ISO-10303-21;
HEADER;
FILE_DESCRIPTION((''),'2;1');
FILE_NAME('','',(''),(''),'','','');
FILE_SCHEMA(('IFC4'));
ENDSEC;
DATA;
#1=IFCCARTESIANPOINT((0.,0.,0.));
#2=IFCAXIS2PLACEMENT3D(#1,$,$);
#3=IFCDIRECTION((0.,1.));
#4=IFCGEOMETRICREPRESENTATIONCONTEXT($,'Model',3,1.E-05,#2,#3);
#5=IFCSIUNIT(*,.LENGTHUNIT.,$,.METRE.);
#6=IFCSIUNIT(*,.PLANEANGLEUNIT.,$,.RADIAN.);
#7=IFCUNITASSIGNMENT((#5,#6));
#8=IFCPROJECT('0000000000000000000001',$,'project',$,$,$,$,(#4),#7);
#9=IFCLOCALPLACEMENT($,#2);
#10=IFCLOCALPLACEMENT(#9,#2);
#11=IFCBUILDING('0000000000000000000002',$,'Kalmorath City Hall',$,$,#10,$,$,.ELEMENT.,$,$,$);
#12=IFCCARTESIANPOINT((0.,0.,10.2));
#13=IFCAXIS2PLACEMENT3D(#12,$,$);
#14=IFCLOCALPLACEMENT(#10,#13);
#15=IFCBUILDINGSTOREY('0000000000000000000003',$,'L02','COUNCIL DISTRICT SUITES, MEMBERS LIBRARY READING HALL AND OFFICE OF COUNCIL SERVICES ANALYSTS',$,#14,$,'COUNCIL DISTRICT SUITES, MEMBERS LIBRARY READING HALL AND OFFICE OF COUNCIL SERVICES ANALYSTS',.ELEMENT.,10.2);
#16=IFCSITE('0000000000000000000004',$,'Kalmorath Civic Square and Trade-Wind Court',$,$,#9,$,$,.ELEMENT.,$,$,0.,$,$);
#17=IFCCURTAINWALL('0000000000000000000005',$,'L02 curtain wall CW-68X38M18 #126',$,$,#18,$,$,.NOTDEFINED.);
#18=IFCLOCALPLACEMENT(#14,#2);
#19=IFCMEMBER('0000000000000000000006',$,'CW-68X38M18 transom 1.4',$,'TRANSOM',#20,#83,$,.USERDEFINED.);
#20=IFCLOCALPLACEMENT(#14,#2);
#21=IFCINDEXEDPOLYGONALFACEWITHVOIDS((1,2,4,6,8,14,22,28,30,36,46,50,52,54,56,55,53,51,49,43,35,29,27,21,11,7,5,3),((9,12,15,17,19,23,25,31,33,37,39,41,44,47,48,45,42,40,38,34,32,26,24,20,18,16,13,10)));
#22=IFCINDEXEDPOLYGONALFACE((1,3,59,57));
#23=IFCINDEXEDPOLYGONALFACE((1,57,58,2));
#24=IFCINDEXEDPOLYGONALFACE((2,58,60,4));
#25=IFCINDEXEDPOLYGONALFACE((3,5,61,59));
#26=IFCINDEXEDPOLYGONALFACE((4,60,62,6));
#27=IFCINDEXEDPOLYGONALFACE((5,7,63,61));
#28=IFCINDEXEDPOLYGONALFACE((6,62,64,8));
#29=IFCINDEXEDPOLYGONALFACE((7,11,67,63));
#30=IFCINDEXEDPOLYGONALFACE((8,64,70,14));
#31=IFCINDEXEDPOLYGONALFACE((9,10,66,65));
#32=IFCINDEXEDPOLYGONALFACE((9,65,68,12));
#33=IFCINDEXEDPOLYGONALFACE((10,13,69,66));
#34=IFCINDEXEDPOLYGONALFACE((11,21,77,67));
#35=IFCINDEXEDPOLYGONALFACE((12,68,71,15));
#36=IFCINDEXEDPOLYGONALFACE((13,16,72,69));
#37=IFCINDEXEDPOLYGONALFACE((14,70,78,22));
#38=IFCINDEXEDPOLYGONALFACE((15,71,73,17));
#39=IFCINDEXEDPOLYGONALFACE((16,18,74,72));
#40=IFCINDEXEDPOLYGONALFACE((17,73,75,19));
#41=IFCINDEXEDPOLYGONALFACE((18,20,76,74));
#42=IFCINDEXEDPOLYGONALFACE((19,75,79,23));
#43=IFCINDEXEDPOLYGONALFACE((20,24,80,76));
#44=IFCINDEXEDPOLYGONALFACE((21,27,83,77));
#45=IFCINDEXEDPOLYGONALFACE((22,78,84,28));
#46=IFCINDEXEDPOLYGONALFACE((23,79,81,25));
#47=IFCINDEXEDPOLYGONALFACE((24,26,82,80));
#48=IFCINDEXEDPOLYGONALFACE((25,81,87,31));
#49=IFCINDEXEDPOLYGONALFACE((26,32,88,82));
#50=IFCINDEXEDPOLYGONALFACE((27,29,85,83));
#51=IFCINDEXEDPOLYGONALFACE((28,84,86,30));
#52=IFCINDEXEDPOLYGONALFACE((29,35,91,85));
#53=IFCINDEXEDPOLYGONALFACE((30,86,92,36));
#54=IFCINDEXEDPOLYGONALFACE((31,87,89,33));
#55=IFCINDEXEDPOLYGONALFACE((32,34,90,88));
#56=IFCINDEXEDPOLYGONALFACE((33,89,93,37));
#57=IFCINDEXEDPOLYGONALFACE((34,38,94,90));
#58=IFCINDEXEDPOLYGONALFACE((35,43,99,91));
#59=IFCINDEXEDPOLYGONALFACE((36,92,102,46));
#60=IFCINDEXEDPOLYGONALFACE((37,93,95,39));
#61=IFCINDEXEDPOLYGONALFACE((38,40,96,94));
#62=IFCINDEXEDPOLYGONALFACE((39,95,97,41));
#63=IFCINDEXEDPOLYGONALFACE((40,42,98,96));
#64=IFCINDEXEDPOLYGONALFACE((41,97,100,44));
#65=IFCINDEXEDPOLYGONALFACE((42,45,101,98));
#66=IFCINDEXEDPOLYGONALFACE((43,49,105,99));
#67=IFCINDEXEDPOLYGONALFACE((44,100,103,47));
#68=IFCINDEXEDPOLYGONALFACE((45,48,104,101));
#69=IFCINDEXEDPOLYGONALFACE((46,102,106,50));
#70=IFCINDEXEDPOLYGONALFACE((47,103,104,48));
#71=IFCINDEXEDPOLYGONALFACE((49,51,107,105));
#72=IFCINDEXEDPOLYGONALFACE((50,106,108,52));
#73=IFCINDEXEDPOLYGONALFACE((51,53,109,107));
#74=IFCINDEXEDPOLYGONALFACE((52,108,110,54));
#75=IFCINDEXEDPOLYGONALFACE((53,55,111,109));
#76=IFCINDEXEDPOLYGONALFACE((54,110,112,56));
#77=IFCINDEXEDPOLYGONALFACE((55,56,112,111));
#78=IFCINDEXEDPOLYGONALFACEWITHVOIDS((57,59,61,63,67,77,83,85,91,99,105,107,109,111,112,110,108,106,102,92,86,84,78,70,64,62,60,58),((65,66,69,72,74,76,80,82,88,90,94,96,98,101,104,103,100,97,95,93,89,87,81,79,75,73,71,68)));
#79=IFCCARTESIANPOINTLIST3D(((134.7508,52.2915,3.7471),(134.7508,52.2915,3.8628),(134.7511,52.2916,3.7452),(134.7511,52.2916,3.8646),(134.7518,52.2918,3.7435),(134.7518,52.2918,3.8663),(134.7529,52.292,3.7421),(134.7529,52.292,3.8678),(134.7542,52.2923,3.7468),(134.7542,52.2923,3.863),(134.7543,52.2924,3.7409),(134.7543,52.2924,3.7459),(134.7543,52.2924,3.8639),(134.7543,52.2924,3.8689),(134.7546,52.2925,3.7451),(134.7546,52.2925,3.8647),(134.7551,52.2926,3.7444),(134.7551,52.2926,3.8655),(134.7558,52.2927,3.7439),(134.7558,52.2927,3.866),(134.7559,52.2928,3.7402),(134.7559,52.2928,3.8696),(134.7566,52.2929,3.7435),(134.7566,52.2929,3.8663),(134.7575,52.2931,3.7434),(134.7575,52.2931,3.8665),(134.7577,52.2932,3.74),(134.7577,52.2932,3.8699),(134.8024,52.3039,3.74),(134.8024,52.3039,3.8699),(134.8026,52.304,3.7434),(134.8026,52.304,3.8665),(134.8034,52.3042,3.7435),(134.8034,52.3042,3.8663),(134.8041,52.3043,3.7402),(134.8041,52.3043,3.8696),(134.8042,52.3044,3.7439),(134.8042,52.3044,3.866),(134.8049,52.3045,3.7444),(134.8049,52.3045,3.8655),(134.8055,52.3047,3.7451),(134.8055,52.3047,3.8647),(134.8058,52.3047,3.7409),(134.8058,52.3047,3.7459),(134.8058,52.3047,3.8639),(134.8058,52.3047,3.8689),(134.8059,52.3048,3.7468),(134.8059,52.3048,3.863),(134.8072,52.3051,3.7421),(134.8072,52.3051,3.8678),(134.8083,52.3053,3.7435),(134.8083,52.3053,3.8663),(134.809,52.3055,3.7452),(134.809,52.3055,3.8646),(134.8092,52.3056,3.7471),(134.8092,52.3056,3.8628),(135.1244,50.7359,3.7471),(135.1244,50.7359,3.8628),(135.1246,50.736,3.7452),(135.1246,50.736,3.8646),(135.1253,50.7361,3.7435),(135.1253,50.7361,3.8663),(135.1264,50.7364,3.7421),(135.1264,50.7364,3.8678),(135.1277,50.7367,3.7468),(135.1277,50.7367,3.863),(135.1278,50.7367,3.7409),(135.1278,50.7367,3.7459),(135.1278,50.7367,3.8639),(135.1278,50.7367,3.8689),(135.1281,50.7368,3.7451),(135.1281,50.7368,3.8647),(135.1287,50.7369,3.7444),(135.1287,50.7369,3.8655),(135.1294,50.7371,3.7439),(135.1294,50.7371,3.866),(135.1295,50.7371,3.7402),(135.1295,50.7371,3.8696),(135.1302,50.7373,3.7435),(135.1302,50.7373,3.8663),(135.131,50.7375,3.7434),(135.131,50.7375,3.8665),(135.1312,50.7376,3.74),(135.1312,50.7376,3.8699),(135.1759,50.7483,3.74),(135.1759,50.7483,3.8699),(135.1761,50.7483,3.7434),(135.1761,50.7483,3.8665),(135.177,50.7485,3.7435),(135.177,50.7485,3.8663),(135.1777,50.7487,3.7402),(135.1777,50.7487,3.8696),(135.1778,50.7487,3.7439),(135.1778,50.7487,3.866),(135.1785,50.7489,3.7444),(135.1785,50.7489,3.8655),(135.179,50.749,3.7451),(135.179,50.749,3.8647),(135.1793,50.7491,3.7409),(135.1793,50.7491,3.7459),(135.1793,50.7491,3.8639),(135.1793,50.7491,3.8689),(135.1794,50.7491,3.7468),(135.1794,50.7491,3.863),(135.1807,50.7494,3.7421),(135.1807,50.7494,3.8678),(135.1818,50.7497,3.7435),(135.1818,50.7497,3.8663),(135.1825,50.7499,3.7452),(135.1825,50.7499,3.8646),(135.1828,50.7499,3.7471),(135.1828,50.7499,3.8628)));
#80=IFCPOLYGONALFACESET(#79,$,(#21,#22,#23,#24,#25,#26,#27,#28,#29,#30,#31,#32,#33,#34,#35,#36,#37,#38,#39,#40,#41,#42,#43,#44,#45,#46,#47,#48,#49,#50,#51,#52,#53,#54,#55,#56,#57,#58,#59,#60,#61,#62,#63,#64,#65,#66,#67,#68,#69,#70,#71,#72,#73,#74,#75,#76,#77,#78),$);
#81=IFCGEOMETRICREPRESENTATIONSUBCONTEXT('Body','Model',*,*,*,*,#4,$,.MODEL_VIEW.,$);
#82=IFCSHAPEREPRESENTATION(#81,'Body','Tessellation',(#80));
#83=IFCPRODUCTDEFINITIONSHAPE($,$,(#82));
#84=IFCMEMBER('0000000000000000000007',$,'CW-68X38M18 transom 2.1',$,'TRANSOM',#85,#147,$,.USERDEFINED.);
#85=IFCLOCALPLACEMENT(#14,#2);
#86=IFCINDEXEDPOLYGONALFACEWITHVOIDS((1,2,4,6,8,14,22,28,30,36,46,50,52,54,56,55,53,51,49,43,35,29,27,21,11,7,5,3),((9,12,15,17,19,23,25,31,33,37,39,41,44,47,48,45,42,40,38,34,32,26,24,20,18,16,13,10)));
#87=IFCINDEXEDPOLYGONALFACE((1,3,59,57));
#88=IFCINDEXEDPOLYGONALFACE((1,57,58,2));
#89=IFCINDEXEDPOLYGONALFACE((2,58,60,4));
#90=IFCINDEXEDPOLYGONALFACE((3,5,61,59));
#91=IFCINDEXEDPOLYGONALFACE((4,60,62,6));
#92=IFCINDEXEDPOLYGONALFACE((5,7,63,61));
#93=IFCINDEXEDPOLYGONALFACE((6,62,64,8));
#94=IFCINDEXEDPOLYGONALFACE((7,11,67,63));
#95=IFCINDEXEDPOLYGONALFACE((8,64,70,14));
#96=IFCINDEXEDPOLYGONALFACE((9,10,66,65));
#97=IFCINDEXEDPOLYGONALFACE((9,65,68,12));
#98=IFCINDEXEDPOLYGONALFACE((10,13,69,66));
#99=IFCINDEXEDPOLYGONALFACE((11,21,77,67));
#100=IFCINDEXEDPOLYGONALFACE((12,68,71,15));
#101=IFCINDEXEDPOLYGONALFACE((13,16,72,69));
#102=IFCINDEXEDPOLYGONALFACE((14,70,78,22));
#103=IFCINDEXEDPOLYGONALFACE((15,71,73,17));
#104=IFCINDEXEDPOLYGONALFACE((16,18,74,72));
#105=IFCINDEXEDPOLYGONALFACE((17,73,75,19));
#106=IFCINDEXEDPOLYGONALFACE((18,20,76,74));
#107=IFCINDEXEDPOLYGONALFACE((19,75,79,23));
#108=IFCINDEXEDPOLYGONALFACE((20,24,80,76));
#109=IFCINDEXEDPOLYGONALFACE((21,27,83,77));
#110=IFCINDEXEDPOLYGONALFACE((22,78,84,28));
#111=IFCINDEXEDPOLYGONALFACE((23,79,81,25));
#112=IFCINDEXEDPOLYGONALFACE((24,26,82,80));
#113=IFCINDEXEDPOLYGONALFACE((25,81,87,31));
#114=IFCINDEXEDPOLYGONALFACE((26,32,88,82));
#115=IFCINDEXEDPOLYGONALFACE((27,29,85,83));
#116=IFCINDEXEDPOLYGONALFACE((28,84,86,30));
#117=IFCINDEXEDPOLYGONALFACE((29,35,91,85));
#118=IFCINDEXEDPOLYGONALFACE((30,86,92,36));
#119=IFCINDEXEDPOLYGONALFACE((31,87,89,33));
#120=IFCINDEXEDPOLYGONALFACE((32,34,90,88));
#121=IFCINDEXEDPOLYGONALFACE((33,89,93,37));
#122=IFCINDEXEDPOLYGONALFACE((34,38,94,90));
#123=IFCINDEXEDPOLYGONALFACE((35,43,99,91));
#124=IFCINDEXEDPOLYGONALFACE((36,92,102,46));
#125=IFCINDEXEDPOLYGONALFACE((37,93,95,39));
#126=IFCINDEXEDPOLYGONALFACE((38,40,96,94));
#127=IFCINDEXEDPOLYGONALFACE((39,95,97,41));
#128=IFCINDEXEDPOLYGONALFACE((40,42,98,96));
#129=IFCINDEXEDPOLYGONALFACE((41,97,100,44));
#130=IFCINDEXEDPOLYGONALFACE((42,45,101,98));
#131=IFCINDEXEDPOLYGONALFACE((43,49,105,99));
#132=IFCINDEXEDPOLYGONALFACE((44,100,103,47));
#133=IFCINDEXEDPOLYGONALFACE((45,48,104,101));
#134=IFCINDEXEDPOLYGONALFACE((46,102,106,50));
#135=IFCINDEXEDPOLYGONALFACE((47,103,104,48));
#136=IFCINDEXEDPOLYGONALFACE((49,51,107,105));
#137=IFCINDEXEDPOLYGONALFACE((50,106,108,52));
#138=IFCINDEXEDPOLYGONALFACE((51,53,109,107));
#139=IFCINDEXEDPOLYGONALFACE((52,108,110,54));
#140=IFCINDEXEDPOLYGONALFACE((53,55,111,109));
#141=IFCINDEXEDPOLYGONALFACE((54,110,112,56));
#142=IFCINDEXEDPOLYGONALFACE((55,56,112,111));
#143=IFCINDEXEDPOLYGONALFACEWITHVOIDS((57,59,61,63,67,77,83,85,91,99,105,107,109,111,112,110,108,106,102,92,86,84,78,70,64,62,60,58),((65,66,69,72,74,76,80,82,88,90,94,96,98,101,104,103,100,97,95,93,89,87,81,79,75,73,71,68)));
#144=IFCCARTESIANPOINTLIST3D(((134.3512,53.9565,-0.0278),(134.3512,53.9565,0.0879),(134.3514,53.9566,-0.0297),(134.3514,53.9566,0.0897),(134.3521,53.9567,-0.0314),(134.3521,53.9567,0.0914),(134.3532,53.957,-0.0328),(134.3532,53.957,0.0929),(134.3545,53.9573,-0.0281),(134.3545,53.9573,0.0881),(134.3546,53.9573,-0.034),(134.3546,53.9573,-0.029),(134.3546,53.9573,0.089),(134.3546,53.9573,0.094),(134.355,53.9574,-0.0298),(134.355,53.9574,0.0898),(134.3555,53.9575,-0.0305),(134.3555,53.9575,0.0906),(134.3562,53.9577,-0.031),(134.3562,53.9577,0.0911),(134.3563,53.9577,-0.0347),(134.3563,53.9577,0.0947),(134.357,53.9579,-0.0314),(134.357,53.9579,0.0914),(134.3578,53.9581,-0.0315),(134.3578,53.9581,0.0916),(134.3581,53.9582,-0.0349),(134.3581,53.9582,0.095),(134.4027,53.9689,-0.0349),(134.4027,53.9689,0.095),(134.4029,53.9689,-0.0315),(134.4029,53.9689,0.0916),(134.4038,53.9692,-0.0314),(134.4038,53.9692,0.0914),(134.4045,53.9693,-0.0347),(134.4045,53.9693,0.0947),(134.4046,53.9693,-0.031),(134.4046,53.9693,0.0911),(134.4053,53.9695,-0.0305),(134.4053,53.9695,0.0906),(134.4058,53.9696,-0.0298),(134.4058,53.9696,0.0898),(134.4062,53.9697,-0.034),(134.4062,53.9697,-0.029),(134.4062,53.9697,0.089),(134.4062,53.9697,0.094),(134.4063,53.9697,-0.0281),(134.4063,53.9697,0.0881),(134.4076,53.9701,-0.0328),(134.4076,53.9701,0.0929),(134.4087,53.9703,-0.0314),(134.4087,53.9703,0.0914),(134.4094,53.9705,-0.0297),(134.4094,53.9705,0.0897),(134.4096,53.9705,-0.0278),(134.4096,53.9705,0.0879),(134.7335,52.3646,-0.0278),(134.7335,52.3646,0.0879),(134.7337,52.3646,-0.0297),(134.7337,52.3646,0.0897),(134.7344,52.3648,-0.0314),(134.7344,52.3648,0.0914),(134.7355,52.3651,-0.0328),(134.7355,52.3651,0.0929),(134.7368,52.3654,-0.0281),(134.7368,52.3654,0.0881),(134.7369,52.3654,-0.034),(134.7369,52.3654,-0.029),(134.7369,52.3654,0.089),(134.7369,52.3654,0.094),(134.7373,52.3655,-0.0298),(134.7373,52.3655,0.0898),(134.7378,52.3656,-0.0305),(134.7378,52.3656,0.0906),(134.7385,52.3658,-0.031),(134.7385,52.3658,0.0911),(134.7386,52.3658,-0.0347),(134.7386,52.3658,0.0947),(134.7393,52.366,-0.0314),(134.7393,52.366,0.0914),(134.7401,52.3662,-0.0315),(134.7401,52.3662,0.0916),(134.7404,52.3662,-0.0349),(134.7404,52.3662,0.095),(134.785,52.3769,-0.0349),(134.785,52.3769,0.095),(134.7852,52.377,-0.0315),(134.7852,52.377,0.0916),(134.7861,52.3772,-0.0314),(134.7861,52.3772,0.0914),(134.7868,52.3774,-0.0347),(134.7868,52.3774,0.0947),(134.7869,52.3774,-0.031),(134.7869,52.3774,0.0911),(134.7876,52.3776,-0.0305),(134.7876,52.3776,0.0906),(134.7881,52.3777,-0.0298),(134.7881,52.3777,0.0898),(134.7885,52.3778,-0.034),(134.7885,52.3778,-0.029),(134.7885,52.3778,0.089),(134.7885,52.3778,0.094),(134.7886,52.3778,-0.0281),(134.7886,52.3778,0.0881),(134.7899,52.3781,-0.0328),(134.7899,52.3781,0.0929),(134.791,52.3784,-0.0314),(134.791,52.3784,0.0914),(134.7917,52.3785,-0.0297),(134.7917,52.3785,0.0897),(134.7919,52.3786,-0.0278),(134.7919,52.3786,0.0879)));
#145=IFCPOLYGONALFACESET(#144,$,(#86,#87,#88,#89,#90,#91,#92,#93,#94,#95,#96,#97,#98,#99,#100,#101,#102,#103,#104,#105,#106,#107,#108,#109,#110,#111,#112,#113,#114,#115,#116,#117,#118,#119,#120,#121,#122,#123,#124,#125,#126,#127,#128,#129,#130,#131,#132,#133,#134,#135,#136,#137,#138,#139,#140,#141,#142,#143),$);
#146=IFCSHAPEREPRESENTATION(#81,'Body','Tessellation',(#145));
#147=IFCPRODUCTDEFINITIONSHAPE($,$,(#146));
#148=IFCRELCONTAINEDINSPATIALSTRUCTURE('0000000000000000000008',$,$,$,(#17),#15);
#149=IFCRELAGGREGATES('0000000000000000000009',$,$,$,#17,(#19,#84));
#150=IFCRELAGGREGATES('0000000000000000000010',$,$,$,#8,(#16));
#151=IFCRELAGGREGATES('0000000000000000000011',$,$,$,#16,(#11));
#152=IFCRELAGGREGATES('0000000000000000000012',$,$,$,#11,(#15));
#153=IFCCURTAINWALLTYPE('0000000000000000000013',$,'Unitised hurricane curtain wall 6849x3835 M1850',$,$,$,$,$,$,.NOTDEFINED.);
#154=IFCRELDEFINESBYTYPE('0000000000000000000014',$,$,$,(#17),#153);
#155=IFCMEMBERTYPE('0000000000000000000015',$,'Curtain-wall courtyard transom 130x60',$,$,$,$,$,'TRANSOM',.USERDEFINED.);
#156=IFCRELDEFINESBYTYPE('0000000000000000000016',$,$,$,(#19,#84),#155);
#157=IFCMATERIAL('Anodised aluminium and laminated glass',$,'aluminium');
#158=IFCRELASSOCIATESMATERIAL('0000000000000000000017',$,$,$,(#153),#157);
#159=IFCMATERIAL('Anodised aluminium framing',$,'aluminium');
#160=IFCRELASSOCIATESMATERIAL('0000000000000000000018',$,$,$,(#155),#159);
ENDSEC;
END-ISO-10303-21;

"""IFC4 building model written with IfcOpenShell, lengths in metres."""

from ifc_helpers import new_model, si_unit, direction, frame, origin, origin_2d, place, context, subcontext, project, spatial, hollow_rectangle, extrude, material, material_profile, profile_set, type_object, element, aggregate, save


model = new_model("IFC4")

# Units and contexts
model_context = context("Model", 3, precision=1e-05, world=origin(), true_north=direction((0.0, 1.0)))
body_context = subcontext(model_context, "Body", "Model", "MODEL_VIEW")
ifc_project = project(units=[si_unit("LENGTHUNIT", "METRE"), si_unit("PLANEANGLEUNIT", "RADIAN")], contexts=[model_context])

# Site, building, storey
site_placement = place(None, origin())
site = spatial("IfcSite", under=ifc_project, at=site_placement, Name="Kalmorath Civic Square and Trade-Wind Court", CompositionType="ELEMENT", RefElevation=0.0)
building_placement = place(site_placement, origin())
building = spatial("IfcBuilding", under=site, at=building_placement, Name="Kalmorath City Hall", CompositionType="ELEMENT")
storey_placement = place(building_placement, frame((0.0, 0.0, 10.2)))
storey = spatial("IfcBuildingStorey", under=building, at=storey_placement, Name="L02", Description="COUNCIL DISTRICT SUITES, MEMBERS LIBRARY READING HALL AND OFFICE OF COUNCIL SERVICES ANALYSTS", LongName="COUNCIL DISTRICT SUITES, MEMBERS LIBRARY READING HALL AND OFFICE OF COUNCIL SERVICES ANALYSTS", CompositionType="ELEMENT", Elevation=10.2)

# Curtain wall, members
ifc_material_1 = material(Name="Anodised aluminium and laminated glass", Category="aluminium")
curtain_wall_type = type_object("IfcCurtainWallType", Name="Unitised hurricane curtain wall 6849x3835 M1850", PredefinedType="NOTDEFINED", material=ifc_material_1)
curtain_wall_1_placement = place(storey_placement, origin())
curtain_wall_1 = element("IfcCurtainWall", 1, at=curtain_wall_1_placement, inside=storey, type_object=curtain_wall_type, Name="L02 curtain wall CW-68X38M18 #126", PredefinedType="NOTDEFINED")
ifc_material_2 = material(Name="Anodised aluminium framing", Category="aluminium")
ifc_material_profile_1 = material_profile(ifc_material_2, hollow_rectangle(XDim=0.0601, YDim=0.1299, WallThickness=0.0034, InnerFilletRadius=0.0034, OuterFilletRadius=0.0071, at=origin_2d()), Name="ALU-TRN-130X60X3.5")
ifc_profile_set_1 = profile_set([ifc_material_profile_1], Name="Anodised aluminium framing")
member_type_1 = type_object("IfcMemberType", Name="Curtain-wall courtyard transom 130x60", ElementType="TRANSOM", PredefinedType="USERDEFINED", material=ifc_profile_set_1)
member_1_placement = place(storey_placement, frame((135.1536, 50.7429, 3.8049), z_axis=(-0.233477, 0.972362, 0.0), x_axis=(-0.972362, -0.233477, 0.0)))
member_1 = element("IfcMember", 2, at=member_1_placement, type_object=member_type_1, Name="CW-68X38M18 transom 1.4", ObjectType="TRANSOM", PredefinedType="USERDEFINED", context=body_context, shape_type="SweptSolid", body=[
    extrude(hollow_rectangle(XDim=0.0601, YDim=0.1299, WallThickness=0.0034, InnerFilletRadius=0.0034, OuterFilletRadius=0.0071, at=origin_2d()), origin(), (0.0, 0.0, 1.0), 1.5999),
])
member_2_placement = place(storey_placement, frame((134.7627, 52.3716, 0.03), z_axis=(-0.233508, 0.972355, 0.0), x_axis=(-0.972355, -0.233508, 0.0)))
member_2 = element("IfcMember", 3, at=member_2_placement, type_object=member_type_1, Name="CW-68X38M18 transom 2.1", ObjectType="TRANSOM", PredefinedType="USERDEFINED", context=body_context, shape_type="SweptSolid", body=[
    extrude(hollow_rectangle(XDim=0.0601, YDim=0.1299, WallThickness=0.0034, InnerFilletRadius=0.0034, OuterFilletRadius=0.0071, at=origin_2d()), origin(), (0.0, 0.0, 1.0), 1.6372),
])

aggregate(curtain_wall_1, [member_1, member_2])

save(model, "model.ifc")
